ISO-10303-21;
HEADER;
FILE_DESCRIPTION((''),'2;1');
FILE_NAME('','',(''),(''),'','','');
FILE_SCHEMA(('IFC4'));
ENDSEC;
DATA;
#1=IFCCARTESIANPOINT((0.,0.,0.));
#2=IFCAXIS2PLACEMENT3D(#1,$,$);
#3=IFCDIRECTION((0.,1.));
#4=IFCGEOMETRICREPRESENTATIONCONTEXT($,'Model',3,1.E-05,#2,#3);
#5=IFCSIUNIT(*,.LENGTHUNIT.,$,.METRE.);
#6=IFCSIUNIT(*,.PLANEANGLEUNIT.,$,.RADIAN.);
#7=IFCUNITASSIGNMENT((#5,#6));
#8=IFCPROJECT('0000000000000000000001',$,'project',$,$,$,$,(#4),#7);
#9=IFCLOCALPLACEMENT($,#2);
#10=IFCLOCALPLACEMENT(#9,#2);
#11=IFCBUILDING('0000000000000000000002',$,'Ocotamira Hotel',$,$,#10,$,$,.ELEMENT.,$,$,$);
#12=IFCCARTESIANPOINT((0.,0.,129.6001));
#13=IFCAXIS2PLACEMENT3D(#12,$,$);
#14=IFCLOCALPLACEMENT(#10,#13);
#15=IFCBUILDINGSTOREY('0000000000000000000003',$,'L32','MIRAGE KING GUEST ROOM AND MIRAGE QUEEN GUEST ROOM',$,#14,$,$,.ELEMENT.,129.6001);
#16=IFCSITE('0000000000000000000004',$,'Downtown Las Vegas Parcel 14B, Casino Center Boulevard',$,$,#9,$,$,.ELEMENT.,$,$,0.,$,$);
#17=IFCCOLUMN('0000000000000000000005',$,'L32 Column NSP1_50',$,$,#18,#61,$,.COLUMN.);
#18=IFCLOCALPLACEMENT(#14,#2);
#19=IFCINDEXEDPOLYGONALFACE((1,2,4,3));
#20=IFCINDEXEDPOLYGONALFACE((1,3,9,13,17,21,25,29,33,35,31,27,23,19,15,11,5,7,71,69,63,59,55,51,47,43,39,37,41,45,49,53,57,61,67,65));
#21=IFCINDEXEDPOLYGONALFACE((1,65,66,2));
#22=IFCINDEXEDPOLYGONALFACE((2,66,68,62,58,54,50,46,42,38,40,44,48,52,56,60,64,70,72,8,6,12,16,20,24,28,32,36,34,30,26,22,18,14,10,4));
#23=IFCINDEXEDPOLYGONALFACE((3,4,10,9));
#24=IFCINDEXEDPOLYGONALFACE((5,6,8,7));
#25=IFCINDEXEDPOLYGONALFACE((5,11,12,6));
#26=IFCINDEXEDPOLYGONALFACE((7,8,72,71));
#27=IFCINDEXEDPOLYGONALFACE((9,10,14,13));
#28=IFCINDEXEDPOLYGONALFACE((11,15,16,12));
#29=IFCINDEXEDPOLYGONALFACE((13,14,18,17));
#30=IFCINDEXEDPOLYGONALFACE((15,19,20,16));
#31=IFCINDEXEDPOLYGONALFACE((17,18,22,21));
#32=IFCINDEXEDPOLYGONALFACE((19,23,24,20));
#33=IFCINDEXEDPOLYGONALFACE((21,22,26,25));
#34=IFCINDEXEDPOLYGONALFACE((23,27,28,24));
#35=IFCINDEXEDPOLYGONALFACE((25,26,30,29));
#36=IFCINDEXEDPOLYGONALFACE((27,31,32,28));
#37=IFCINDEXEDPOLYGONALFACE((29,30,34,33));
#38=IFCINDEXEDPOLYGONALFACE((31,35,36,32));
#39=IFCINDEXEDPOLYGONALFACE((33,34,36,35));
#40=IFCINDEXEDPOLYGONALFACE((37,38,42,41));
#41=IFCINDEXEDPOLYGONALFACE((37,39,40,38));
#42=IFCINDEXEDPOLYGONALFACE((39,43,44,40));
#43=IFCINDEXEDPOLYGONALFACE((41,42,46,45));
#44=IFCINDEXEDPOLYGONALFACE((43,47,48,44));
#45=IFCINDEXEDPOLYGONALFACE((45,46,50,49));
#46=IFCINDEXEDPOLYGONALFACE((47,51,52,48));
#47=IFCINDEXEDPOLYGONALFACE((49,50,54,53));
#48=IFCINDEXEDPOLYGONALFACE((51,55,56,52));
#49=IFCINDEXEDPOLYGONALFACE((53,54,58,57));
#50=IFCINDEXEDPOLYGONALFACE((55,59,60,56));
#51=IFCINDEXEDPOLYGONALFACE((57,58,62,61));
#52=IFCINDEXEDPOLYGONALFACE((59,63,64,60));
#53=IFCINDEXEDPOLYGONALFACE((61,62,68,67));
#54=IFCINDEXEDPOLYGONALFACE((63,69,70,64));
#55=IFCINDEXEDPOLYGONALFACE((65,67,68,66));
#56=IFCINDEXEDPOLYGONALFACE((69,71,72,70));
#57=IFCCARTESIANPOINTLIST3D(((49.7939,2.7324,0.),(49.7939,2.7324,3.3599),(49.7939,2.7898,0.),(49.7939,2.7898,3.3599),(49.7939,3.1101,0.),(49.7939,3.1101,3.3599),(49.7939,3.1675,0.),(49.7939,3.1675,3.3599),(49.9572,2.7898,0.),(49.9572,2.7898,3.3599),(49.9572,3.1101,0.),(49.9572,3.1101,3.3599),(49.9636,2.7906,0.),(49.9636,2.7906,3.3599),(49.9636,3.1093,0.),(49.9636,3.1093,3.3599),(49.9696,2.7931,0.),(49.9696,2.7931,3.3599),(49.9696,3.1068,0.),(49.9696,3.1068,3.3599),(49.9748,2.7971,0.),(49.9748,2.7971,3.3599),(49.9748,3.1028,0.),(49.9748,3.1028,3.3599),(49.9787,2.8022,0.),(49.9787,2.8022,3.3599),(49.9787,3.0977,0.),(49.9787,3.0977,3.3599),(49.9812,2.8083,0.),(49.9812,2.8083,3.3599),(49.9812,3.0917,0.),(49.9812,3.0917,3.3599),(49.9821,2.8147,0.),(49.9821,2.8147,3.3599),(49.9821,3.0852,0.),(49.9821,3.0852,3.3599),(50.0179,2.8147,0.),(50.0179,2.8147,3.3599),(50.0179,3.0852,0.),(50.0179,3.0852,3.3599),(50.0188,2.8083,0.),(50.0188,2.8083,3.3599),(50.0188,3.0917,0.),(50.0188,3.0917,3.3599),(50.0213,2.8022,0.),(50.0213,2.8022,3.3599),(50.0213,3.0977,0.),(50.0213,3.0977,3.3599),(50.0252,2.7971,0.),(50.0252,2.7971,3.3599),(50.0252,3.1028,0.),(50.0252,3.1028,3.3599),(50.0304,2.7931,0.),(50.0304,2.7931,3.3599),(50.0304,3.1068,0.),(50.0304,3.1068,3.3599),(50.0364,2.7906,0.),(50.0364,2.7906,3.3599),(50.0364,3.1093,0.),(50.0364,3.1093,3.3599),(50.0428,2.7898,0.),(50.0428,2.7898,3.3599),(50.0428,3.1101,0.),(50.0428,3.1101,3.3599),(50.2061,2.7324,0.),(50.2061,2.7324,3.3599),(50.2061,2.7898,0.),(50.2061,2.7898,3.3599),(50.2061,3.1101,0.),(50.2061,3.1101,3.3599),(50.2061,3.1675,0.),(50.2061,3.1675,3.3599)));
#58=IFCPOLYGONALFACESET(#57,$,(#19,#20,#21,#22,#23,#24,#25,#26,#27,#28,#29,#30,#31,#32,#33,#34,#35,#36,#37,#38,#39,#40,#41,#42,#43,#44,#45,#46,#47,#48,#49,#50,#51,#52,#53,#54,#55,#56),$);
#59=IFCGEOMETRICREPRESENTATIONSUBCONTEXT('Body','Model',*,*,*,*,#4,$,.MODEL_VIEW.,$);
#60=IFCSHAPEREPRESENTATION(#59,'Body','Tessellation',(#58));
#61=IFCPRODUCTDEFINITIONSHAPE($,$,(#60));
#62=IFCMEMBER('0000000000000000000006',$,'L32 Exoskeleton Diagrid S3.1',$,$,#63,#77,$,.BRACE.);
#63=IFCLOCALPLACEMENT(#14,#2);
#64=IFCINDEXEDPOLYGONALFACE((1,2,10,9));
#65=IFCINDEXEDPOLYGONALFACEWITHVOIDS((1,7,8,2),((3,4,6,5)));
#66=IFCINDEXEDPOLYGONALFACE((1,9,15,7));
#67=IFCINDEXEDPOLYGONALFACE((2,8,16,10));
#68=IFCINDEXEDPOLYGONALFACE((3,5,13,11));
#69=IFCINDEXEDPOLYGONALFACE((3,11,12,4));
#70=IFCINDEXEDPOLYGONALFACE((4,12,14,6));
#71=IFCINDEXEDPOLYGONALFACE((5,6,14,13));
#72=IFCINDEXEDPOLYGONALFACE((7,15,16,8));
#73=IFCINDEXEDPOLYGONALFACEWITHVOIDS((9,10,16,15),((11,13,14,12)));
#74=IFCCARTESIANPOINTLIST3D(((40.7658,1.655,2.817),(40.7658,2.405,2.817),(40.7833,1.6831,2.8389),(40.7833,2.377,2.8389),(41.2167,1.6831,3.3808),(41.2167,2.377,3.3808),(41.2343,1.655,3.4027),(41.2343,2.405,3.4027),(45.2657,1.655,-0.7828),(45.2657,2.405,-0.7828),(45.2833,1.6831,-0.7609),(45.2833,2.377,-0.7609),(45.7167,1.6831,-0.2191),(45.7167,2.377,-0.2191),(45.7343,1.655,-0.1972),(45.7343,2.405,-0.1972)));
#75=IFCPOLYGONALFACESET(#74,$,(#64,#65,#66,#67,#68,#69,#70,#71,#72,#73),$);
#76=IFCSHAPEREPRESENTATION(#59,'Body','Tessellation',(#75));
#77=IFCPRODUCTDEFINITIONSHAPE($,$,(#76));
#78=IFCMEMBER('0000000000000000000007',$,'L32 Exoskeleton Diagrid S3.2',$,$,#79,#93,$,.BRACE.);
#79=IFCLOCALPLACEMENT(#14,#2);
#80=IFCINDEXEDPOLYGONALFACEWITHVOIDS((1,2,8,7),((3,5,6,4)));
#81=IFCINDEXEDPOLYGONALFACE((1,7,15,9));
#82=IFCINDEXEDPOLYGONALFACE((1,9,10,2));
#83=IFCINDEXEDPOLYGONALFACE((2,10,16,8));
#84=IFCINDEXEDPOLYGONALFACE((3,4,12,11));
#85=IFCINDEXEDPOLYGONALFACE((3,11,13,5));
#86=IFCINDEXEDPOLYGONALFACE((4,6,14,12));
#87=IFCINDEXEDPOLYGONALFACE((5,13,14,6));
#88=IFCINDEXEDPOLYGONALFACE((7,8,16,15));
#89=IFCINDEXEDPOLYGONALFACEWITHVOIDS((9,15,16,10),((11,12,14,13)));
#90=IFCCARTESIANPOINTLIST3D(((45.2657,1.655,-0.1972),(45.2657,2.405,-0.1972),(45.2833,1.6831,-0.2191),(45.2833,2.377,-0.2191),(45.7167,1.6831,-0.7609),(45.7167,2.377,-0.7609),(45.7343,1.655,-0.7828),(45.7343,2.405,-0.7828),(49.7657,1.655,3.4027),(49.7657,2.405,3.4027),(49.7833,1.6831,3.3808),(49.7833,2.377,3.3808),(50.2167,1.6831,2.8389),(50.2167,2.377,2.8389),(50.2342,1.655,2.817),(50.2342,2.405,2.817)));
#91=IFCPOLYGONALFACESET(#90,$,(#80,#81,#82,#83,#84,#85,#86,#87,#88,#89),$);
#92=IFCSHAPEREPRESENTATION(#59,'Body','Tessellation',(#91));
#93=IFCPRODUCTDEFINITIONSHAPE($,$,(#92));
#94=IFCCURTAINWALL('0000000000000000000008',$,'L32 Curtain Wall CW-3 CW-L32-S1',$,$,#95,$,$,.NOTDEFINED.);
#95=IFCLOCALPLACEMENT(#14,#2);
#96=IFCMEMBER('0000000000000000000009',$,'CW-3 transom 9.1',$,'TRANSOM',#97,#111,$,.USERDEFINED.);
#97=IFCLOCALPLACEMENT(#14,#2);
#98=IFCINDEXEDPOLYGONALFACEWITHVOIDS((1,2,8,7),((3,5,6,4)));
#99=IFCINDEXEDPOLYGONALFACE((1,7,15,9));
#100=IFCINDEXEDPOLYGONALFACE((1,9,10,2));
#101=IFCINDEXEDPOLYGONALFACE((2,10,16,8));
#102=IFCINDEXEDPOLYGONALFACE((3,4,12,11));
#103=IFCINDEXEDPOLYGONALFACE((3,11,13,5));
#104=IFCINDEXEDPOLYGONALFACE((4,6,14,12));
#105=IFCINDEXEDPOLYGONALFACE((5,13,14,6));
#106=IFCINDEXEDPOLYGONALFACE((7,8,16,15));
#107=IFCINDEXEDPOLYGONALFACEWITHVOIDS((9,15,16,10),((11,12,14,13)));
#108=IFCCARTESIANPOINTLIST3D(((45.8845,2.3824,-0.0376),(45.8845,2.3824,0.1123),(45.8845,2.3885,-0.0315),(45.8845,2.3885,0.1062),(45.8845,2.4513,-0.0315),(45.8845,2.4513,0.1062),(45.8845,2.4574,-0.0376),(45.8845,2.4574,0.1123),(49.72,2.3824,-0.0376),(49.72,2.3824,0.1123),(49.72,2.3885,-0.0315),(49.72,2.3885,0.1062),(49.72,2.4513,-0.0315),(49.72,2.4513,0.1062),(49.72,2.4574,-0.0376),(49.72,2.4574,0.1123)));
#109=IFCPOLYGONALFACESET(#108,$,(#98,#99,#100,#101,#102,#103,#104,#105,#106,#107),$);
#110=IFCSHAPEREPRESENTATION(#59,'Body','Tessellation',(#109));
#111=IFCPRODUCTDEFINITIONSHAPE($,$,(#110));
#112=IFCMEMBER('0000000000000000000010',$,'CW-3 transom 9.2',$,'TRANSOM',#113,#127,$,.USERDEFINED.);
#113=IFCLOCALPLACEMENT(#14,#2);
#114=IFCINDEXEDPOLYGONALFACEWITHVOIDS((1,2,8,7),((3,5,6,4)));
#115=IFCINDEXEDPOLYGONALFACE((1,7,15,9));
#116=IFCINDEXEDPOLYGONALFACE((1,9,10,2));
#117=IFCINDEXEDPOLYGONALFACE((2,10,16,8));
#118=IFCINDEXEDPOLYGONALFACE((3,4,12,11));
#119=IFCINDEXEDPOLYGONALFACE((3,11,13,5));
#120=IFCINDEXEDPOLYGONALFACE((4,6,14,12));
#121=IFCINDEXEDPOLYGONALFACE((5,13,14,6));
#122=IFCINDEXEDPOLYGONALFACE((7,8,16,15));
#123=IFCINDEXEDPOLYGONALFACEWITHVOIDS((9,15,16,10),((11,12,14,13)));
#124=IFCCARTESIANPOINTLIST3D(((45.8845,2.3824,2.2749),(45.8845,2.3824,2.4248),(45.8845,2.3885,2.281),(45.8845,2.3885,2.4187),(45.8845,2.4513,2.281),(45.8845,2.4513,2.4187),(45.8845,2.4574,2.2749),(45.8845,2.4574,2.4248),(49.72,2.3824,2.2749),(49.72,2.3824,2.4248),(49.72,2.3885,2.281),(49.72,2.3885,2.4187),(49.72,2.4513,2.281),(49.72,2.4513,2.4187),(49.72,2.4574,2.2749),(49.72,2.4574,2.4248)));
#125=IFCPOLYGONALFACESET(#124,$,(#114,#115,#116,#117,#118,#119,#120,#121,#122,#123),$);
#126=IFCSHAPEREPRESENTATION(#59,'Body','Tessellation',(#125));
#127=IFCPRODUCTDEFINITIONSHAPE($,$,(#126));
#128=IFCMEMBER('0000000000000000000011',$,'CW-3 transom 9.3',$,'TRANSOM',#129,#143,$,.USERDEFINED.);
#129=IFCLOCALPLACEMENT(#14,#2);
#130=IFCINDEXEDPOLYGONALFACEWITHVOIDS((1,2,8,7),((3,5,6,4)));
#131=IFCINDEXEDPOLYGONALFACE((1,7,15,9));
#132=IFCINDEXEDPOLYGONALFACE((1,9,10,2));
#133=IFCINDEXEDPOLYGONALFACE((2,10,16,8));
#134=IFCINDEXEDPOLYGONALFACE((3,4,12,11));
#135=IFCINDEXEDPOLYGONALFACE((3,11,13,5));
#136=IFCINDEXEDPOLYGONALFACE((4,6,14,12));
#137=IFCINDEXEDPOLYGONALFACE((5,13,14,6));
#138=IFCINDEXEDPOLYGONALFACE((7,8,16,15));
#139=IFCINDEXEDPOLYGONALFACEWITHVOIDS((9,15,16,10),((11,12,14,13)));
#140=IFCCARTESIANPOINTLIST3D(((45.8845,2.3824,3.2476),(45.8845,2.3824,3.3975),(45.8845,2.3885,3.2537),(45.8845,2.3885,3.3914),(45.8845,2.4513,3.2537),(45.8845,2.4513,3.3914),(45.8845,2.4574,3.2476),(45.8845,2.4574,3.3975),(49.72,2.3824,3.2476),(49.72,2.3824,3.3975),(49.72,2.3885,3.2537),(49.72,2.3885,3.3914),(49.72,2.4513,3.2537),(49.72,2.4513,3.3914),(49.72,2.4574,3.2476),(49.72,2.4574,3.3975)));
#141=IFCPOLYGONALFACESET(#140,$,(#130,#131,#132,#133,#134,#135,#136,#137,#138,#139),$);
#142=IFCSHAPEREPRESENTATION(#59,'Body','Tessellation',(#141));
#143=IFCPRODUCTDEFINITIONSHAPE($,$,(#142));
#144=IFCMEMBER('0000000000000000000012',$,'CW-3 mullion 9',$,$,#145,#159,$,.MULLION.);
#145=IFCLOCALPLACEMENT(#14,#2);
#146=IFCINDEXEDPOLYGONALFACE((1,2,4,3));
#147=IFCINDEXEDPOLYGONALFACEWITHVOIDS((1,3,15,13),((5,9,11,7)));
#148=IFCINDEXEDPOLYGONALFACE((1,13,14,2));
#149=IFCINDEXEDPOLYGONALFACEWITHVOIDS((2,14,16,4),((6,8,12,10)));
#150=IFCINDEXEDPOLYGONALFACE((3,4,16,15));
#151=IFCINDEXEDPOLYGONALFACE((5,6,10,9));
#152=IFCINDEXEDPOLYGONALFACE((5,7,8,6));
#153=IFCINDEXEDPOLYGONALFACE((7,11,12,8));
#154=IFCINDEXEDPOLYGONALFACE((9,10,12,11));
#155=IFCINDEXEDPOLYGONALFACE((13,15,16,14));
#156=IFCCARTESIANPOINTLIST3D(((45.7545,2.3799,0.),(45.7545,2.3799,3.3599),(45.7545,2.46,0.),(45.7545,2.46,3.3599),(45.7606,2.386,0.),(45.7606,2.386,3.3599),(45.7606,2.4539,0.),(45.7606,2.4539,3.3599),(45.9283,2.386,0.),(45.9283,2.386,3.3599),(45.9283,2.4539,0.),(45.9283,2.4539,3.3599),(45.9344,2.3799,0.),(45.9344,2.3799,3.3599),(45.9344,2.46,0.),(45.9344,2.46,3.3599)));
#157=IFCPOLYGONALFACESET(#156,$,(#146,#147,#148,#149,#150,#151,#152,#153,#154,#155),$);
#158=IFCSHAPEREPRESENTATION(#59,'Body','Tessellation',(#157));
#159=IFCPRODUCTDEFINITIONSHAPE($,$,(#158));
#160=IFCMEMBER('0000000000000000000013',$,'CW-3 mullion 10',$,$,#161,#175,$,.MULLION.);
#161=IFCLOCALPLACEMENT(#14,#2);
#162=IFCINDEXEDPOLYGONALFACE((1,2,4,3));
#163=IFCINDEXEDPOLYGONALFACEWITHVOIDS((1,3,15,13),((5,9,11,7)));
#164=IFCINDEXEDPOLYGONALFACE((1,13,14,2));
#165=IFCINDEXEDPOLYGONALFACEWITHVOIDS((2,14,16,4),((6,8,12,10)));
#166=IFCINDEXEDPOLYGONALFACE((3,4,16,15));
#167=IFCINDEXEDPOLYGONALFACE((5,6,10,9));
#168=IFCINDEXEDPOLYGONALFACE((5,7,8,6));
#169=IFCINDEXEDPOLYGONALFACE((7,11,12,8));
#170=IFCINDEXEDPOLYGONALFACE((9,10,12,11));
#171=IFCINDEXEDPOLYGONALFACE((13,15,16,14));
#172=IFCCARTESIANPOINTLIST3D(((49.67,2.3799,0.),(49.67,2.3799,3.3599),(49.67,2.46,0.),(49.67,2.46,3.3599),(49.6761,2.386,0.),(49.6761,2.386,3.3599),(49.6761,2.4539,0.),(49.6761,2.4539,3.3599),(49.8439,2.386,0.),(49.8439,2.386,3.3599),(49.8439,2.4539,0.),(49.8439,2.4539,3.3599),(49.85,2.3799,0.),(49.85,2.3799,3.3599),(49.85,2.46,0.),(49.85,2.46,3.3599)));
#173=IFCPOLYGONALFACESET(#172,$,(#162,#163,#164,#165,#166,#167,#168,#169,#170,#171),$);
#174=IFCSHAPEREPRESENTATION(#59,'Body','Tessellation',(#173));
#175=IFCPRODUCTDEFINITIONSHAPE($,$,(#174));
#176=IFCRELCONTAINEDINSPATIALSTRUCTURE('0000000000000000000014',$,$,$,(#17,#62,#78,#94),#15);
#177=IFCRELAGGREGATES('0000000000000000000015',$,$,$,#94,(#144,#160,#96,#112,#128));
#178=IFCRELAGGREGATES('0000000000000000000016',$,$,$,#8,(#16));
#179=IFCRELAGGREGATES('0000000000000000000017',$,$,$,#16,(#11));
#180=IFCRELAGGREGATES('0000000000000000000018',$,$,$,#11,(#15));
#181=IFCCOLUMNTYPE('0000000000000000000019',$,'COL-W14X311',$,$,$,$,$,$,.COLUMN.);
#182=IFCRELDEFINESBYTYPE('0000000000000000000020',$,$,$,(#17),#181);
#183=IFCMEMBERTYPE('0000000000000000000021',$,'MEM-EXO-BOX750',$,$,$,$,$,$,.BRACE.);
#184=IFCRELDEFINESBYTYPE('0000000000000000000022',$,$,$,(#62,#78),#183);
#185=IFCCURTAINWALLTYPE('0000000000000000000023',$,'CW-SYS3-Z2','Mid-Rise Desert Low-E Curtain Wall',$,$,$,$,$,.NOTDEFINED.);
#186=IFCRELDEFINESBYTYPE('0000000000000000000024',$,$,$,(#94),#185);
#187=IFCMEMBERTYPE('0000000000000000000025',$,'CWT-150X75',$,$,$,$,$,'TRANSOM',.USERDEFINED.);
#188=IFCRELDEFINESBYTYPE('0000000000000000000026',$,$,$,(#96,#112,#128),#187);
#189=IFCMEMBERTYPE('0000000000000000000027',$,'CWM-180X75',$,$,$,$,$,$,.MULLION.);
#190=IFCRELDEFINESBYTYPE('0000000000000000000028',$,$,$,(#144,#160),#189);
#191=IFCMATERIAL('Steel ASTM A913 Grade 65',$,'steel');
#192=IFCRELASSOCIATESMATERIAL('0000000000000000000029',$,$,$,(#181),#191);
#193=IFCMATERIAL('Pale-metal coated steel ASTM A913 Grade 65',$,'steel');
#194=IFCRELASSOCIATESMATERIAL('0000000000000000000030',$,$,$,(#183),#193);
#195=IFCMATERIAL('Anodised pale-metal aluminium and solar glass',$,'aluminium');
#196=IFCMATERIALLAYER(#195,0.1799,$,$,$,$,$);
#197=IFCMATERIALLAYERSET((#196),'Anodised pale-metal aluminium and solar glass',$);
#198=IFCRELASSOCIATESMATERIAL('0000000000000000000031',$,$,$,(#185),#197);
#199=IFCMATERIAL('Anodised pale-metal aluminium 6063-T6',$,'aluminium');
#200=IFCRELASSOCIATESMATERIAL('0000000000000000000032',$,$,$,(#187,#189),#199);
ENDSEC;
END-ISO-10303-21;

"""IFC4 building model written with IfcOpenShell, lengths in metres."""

from ifc_helpers import new_model, si_unit, direction, frame, origin, origin_2d, place, context, subcontext, project, spatial, hollow_rectangle, i_section, extrude, source, transform, mapped, material, layer, layer_set, material_profile, profile_set, type_object, element, aggregate, save


model = new_model("IFC4")

# Units and contexts
model_context = context("Model", 3, precision=1e-05, world=origin(), true_north=direction((0.0, 1.0)))
body_context = subcontext(model_context, "Body", "Model", "MODEL_VIEW")
ifc_project = project(units=[si_unit("LENGTHUNIT", "METRE"), si_unit("PLANEANGLEUNIT", "RADIAN")], contexts=[model_context])

# Site, building, storey
site_placement = place(None, origin())
site = spatial("IfcSite", under=ifc_project, at=site_placement, Name="Downtown Las Vegas Parcel 14B, Casino Center Boulevard", CompositionType="ELEMENT", RefElevation=0.0)
building_placement = place(site_placement, origin())
building = spatial("IfcBuilding", under=site, at=building_placement, Name="Ocotamira Hotel", CompositionType="ELEMENT")
storey_placement = place(building_placement, frame((0.0, 0.0, 129.6001)))
storey = spatial("IfcBuildingStorey", under=building, at=storey_placement, Name="L32", Description="MIRAGE KING GUEST ROOM AND MIRAGE QUEEN GUEST ROOM", CompositionType="ELEMENT", Elevation=129.6001)

# Column
ifc_material_1 = material(Name="Steel ASTM A913 Grade 65", Category="steel")
ifc_material_profile_1 = material_profile(ifc_material_1, i_section(OverallWidth=0.4121, OverallDepth=0.4351, WebThickness=0.0359, FlangeThickness=0.0574, FilletRadius=0.0249, at=origin_2d()), Name="W14X311")
ifc_profile_set_1 = profile_set([ifc_material_profile_1], Name="Steel ASTM A913 Grade 65")
column_type = type_object("IfcColumnType", Name="COL-W14X311", PredefinedType="COLUMN", material=ifc_profile_set_1)
shared_shape_1 = source(origin(), body_context, "Body", "SweptSolid", [
    extrude(i_section(OverallWidth=0.4121, OverallDepth=0.4351, WebThickness=0.0359, FlangeThickness=0.0574, FilletRadius=0.0249, at=origin_2d()), origin(), (0.0, 0.0, 1.0), 3.3599),
])
column_placement = place(storey_placement, frame((50.0, 2.95, 0.0), z_axis=(0.0, 0.0, 1.0), x_axis=(1.0, 0.0, 0.0)))
element("IfcColumn", 1, at=column_placement, inside=storey, type_object=column_type, Name="L32 Column NSP1_50", PredefinedType="COLUMN", context=body_context, shape_type="MappedRepresentation", body=[
    mapped(shared_shape_1, transform((0.0, 0.0, 0.0), scale=1.0)),
])

# Members
ifc_material_2 = material(Name="Pale-metal coated steel ASTM A913 Grade 65", Category="steel")
ifc_material_profile_2 = material_profile(ifc_material_2, hollow_rectangle(XDim=0.75, YDim=0.75, WallThickness=0.0281, at=origin_2d()), Name="BOX750X750X28")
ifc_profile_set_2 = profile_set([ifc_material_profile_2], Name="Pale-metal coated steel ASTM A913 Grade 65")
member_type_1 = type_object("IfcMemberType", Name="MEM-EXO-BOX750", PredefinedType="BRACE", material=ifc_profile_set_2)
shared_shape_2 = source(origin(), body_context, "Body", "SweptSolid", [
    extrude(hollow_rectangle(XDim=0.75, YDim=0.75, WallThickness=0.0281, at=origin_2d()), origin(), (0.0, 0.0, 1.0), 5.7627),
])
for number, where, z_axis, x_axis, name in (
    (2, (45.5, 2.03, -0.49), (-0.780881, 0.0, 0.62468), (0.0, -1.0, 0.0), "L32 Exoskeleton Diagrid S3.1"),
    (3, (45.5, 2.03, -0.49), (0.780881, 0.0, 0.62468), (0.0, 1.0, 0.0), "L32 Exoskeleton Diagrid S3.2"),
):
    element("IfcMember", number, at=place(storey_placement, frame(where, z_axis=z_axis, x_axis=x_axis)), inside=storey, type_object=member_type_1, Name=name, PredefinedType="BRACE", context=body_context, shape_type="MappedRepresentation", body=[
        mapped(shared_shape_2, transform((0.0, 0.0, 0.0), scale=1.0)),
    ])

# Curtain wall, members
ifc_material_3 = material(Name="Anodised pale-metal aluminium and solar glass", Category="aluminium")
ifc_layer_1 = layer(ifc_material_3, 0.1799)
ifc_layer_set_1 = layer_set([ifc_layer_1], Name="Anodised pale-metal aluminium and solar glass")
curtain_wall_type = type_object("IfcCurtainWallType", Name="CW-SYS3-Z2", Description="Mid-Rise Desert Low-E Curtain Wall", PredefinedType="NOTDEFINED", material=ifc_layer_set_1)
curtain_wall_placement = place(storey_placement, origin())
curtain_wall = element("IfcCurtainWall", 4, at=curtain_wall_placement, inside=storey, type_object=curtain_wall_type, Name="L32 Curtain Wall CW-3 CW-L32-S1", PredefinedType="NOTDEFINED")
ifc_material_4 = material(Name="Anodised pale-metal aluminium 6063-T6", Category="aluminium")
ifc_material_profile_3 = material_profile(ifc_material_4, hollow_rectangle(XDim=0.075, YDim=0.1499, WallThickness=0.0061, at=origin_2d()), Name="HSS150X75X6")
ifc_profile_set_3 = profile_set([ifc_material_profile_3], Name="Anodised pale-metal aluminium 6063-T6")
member_type_2 = type_object("IfcMemberType", Name="CWT-150X75", ElementType="TRANSOM", PredefinedType="USERDEFINED", material=ifc_profile_set_3)
shared_shape_3 = source(origin(), body_context, "Body", "SweptSolid", [
    extrude(hollow_rectangle(XDim=0.075, YDim=0.1499, WallThickness=0.0061, at=origin_2d()), origin(), (0.0, 0.0, 1.0), 3.8354),
])
member_1_placement = place(storey_placement, frame((45.8845, 2.4199, 0.0374), z_axis=(1.0, 0.0, 0.0), x_axis=(0.0, 1.0, 0.0)))
member_1 = element("IfcMember", 5, at=member_1_placement, type_object=member_type_2, Name="CW-3 transom 9.1", ObjectType="TRANSOM", PredefinedType="USERDEFINED", context=body_context, shape_type="MappedRepresentation", body=[
    mapped(shared_shape_3, transform((0.0, 0.0, 0.0), scale=1.0)),
])
member_2_placement = place(storey_placement, frame((45.8845, 2.4199, 2.3499), z_axis=(1.0, 0.0, 0.0), x_axis=(0.0, 1.0, 0.0)))
member_2 = element("IfcMember", 6, at=member_2_placement, type_object=member_type_2, Name="CW-3 transom 9.2", ObjectType="TRANSOM", PredefinedType="USERDEFINED", context=body_context, shape_type="MappedRepresentation", body=[
    mapped(shared_shape_3, transform((0.0, 0.0, 0.0), scale=1.0)),
])
member_3_placement = place(storey_placement, frame((45.8845, 2.4199, 3.3225), z_axis=(1.0, 0.0, 0.0), x_axis=(0.0, 1.0, 0.0)))
member_3 = element("IfcMember", 7, at=member_3_placement, type_object=member_type_2, Name="CW-3 transom 9.3", ObjectType="TRANSOM", PredefinedType="USERDEFINED", context=body_context, shape_type="MappedRepresentation", body=[
    mapped(shared_shape_3, transform((0.0, 0.0, 0.0), scale=1.0)),
])
ifc_material_profile_4 = material_profile(ifc_material_4, hollow_rectangle(XDim=0.0801, YDim=0.1799, WallThickness=0.0061, at=origin_2d()), Name="HSS180X80X6")
ifc_profile_set_4 = profile_set([ifc_material_profile_4], Name="Anodised pale-metal aluminium 6063-T6")
member_type_3 = type_object("IfcMemberType", Name="CWM-180X75", PredefinedType="MULLION", material=ifc_profile_set_4)
shared_shape_4 = source(origin(), body_context, "Body", "SweptSolid", [
    extrude(hollow_rectangle(XDim=0.0801, YDim=0.1799, WallThickness=0.0061, at=origin_2d()), origin(), (0.0, 0.0, 1.0), 3.3599),
])
member_4_placement = place(storey_placement, frame((45.8445, 2.4199, 0.0), z_axis=(0.0, 0.0, 1.0), x_axis=(0.0, 1.0, 0.0)))
member_4 = element("IfcMember", 8, at=member_4_placement, type_object=member_type_3, Name="CW-3 mullion 9", PredefinedType="MULLION", context=body_context, shape_type="MappedRepresentation", body=[
    mapped(shared_shape_4, transform((0.0, 0.0, 0.0), scale=1.0)),
])
member_5_placement = place(storey_placement, frame((49.76, 2.4199, 0.0), z_axis=(0.0, 0.0, 1.0), x_axis=(0.0, 1.0, 0.0)))
member_5 = element("IfcMember", 9, at=member_5_placement, type_object=member_type_3, Name="CW-3 mullion 10", PredefinedType="MULLION", context=body_context, shape_type="MappedRepresentation", body=[
    mapped(shared_shape_4, transform((0.0, 0.0, 0.0), scale=1.0)),
])

aggregate(curtain_wall, [member_4, member_5, member_1, member_2, member_3])

save(model, "model.ifc")
